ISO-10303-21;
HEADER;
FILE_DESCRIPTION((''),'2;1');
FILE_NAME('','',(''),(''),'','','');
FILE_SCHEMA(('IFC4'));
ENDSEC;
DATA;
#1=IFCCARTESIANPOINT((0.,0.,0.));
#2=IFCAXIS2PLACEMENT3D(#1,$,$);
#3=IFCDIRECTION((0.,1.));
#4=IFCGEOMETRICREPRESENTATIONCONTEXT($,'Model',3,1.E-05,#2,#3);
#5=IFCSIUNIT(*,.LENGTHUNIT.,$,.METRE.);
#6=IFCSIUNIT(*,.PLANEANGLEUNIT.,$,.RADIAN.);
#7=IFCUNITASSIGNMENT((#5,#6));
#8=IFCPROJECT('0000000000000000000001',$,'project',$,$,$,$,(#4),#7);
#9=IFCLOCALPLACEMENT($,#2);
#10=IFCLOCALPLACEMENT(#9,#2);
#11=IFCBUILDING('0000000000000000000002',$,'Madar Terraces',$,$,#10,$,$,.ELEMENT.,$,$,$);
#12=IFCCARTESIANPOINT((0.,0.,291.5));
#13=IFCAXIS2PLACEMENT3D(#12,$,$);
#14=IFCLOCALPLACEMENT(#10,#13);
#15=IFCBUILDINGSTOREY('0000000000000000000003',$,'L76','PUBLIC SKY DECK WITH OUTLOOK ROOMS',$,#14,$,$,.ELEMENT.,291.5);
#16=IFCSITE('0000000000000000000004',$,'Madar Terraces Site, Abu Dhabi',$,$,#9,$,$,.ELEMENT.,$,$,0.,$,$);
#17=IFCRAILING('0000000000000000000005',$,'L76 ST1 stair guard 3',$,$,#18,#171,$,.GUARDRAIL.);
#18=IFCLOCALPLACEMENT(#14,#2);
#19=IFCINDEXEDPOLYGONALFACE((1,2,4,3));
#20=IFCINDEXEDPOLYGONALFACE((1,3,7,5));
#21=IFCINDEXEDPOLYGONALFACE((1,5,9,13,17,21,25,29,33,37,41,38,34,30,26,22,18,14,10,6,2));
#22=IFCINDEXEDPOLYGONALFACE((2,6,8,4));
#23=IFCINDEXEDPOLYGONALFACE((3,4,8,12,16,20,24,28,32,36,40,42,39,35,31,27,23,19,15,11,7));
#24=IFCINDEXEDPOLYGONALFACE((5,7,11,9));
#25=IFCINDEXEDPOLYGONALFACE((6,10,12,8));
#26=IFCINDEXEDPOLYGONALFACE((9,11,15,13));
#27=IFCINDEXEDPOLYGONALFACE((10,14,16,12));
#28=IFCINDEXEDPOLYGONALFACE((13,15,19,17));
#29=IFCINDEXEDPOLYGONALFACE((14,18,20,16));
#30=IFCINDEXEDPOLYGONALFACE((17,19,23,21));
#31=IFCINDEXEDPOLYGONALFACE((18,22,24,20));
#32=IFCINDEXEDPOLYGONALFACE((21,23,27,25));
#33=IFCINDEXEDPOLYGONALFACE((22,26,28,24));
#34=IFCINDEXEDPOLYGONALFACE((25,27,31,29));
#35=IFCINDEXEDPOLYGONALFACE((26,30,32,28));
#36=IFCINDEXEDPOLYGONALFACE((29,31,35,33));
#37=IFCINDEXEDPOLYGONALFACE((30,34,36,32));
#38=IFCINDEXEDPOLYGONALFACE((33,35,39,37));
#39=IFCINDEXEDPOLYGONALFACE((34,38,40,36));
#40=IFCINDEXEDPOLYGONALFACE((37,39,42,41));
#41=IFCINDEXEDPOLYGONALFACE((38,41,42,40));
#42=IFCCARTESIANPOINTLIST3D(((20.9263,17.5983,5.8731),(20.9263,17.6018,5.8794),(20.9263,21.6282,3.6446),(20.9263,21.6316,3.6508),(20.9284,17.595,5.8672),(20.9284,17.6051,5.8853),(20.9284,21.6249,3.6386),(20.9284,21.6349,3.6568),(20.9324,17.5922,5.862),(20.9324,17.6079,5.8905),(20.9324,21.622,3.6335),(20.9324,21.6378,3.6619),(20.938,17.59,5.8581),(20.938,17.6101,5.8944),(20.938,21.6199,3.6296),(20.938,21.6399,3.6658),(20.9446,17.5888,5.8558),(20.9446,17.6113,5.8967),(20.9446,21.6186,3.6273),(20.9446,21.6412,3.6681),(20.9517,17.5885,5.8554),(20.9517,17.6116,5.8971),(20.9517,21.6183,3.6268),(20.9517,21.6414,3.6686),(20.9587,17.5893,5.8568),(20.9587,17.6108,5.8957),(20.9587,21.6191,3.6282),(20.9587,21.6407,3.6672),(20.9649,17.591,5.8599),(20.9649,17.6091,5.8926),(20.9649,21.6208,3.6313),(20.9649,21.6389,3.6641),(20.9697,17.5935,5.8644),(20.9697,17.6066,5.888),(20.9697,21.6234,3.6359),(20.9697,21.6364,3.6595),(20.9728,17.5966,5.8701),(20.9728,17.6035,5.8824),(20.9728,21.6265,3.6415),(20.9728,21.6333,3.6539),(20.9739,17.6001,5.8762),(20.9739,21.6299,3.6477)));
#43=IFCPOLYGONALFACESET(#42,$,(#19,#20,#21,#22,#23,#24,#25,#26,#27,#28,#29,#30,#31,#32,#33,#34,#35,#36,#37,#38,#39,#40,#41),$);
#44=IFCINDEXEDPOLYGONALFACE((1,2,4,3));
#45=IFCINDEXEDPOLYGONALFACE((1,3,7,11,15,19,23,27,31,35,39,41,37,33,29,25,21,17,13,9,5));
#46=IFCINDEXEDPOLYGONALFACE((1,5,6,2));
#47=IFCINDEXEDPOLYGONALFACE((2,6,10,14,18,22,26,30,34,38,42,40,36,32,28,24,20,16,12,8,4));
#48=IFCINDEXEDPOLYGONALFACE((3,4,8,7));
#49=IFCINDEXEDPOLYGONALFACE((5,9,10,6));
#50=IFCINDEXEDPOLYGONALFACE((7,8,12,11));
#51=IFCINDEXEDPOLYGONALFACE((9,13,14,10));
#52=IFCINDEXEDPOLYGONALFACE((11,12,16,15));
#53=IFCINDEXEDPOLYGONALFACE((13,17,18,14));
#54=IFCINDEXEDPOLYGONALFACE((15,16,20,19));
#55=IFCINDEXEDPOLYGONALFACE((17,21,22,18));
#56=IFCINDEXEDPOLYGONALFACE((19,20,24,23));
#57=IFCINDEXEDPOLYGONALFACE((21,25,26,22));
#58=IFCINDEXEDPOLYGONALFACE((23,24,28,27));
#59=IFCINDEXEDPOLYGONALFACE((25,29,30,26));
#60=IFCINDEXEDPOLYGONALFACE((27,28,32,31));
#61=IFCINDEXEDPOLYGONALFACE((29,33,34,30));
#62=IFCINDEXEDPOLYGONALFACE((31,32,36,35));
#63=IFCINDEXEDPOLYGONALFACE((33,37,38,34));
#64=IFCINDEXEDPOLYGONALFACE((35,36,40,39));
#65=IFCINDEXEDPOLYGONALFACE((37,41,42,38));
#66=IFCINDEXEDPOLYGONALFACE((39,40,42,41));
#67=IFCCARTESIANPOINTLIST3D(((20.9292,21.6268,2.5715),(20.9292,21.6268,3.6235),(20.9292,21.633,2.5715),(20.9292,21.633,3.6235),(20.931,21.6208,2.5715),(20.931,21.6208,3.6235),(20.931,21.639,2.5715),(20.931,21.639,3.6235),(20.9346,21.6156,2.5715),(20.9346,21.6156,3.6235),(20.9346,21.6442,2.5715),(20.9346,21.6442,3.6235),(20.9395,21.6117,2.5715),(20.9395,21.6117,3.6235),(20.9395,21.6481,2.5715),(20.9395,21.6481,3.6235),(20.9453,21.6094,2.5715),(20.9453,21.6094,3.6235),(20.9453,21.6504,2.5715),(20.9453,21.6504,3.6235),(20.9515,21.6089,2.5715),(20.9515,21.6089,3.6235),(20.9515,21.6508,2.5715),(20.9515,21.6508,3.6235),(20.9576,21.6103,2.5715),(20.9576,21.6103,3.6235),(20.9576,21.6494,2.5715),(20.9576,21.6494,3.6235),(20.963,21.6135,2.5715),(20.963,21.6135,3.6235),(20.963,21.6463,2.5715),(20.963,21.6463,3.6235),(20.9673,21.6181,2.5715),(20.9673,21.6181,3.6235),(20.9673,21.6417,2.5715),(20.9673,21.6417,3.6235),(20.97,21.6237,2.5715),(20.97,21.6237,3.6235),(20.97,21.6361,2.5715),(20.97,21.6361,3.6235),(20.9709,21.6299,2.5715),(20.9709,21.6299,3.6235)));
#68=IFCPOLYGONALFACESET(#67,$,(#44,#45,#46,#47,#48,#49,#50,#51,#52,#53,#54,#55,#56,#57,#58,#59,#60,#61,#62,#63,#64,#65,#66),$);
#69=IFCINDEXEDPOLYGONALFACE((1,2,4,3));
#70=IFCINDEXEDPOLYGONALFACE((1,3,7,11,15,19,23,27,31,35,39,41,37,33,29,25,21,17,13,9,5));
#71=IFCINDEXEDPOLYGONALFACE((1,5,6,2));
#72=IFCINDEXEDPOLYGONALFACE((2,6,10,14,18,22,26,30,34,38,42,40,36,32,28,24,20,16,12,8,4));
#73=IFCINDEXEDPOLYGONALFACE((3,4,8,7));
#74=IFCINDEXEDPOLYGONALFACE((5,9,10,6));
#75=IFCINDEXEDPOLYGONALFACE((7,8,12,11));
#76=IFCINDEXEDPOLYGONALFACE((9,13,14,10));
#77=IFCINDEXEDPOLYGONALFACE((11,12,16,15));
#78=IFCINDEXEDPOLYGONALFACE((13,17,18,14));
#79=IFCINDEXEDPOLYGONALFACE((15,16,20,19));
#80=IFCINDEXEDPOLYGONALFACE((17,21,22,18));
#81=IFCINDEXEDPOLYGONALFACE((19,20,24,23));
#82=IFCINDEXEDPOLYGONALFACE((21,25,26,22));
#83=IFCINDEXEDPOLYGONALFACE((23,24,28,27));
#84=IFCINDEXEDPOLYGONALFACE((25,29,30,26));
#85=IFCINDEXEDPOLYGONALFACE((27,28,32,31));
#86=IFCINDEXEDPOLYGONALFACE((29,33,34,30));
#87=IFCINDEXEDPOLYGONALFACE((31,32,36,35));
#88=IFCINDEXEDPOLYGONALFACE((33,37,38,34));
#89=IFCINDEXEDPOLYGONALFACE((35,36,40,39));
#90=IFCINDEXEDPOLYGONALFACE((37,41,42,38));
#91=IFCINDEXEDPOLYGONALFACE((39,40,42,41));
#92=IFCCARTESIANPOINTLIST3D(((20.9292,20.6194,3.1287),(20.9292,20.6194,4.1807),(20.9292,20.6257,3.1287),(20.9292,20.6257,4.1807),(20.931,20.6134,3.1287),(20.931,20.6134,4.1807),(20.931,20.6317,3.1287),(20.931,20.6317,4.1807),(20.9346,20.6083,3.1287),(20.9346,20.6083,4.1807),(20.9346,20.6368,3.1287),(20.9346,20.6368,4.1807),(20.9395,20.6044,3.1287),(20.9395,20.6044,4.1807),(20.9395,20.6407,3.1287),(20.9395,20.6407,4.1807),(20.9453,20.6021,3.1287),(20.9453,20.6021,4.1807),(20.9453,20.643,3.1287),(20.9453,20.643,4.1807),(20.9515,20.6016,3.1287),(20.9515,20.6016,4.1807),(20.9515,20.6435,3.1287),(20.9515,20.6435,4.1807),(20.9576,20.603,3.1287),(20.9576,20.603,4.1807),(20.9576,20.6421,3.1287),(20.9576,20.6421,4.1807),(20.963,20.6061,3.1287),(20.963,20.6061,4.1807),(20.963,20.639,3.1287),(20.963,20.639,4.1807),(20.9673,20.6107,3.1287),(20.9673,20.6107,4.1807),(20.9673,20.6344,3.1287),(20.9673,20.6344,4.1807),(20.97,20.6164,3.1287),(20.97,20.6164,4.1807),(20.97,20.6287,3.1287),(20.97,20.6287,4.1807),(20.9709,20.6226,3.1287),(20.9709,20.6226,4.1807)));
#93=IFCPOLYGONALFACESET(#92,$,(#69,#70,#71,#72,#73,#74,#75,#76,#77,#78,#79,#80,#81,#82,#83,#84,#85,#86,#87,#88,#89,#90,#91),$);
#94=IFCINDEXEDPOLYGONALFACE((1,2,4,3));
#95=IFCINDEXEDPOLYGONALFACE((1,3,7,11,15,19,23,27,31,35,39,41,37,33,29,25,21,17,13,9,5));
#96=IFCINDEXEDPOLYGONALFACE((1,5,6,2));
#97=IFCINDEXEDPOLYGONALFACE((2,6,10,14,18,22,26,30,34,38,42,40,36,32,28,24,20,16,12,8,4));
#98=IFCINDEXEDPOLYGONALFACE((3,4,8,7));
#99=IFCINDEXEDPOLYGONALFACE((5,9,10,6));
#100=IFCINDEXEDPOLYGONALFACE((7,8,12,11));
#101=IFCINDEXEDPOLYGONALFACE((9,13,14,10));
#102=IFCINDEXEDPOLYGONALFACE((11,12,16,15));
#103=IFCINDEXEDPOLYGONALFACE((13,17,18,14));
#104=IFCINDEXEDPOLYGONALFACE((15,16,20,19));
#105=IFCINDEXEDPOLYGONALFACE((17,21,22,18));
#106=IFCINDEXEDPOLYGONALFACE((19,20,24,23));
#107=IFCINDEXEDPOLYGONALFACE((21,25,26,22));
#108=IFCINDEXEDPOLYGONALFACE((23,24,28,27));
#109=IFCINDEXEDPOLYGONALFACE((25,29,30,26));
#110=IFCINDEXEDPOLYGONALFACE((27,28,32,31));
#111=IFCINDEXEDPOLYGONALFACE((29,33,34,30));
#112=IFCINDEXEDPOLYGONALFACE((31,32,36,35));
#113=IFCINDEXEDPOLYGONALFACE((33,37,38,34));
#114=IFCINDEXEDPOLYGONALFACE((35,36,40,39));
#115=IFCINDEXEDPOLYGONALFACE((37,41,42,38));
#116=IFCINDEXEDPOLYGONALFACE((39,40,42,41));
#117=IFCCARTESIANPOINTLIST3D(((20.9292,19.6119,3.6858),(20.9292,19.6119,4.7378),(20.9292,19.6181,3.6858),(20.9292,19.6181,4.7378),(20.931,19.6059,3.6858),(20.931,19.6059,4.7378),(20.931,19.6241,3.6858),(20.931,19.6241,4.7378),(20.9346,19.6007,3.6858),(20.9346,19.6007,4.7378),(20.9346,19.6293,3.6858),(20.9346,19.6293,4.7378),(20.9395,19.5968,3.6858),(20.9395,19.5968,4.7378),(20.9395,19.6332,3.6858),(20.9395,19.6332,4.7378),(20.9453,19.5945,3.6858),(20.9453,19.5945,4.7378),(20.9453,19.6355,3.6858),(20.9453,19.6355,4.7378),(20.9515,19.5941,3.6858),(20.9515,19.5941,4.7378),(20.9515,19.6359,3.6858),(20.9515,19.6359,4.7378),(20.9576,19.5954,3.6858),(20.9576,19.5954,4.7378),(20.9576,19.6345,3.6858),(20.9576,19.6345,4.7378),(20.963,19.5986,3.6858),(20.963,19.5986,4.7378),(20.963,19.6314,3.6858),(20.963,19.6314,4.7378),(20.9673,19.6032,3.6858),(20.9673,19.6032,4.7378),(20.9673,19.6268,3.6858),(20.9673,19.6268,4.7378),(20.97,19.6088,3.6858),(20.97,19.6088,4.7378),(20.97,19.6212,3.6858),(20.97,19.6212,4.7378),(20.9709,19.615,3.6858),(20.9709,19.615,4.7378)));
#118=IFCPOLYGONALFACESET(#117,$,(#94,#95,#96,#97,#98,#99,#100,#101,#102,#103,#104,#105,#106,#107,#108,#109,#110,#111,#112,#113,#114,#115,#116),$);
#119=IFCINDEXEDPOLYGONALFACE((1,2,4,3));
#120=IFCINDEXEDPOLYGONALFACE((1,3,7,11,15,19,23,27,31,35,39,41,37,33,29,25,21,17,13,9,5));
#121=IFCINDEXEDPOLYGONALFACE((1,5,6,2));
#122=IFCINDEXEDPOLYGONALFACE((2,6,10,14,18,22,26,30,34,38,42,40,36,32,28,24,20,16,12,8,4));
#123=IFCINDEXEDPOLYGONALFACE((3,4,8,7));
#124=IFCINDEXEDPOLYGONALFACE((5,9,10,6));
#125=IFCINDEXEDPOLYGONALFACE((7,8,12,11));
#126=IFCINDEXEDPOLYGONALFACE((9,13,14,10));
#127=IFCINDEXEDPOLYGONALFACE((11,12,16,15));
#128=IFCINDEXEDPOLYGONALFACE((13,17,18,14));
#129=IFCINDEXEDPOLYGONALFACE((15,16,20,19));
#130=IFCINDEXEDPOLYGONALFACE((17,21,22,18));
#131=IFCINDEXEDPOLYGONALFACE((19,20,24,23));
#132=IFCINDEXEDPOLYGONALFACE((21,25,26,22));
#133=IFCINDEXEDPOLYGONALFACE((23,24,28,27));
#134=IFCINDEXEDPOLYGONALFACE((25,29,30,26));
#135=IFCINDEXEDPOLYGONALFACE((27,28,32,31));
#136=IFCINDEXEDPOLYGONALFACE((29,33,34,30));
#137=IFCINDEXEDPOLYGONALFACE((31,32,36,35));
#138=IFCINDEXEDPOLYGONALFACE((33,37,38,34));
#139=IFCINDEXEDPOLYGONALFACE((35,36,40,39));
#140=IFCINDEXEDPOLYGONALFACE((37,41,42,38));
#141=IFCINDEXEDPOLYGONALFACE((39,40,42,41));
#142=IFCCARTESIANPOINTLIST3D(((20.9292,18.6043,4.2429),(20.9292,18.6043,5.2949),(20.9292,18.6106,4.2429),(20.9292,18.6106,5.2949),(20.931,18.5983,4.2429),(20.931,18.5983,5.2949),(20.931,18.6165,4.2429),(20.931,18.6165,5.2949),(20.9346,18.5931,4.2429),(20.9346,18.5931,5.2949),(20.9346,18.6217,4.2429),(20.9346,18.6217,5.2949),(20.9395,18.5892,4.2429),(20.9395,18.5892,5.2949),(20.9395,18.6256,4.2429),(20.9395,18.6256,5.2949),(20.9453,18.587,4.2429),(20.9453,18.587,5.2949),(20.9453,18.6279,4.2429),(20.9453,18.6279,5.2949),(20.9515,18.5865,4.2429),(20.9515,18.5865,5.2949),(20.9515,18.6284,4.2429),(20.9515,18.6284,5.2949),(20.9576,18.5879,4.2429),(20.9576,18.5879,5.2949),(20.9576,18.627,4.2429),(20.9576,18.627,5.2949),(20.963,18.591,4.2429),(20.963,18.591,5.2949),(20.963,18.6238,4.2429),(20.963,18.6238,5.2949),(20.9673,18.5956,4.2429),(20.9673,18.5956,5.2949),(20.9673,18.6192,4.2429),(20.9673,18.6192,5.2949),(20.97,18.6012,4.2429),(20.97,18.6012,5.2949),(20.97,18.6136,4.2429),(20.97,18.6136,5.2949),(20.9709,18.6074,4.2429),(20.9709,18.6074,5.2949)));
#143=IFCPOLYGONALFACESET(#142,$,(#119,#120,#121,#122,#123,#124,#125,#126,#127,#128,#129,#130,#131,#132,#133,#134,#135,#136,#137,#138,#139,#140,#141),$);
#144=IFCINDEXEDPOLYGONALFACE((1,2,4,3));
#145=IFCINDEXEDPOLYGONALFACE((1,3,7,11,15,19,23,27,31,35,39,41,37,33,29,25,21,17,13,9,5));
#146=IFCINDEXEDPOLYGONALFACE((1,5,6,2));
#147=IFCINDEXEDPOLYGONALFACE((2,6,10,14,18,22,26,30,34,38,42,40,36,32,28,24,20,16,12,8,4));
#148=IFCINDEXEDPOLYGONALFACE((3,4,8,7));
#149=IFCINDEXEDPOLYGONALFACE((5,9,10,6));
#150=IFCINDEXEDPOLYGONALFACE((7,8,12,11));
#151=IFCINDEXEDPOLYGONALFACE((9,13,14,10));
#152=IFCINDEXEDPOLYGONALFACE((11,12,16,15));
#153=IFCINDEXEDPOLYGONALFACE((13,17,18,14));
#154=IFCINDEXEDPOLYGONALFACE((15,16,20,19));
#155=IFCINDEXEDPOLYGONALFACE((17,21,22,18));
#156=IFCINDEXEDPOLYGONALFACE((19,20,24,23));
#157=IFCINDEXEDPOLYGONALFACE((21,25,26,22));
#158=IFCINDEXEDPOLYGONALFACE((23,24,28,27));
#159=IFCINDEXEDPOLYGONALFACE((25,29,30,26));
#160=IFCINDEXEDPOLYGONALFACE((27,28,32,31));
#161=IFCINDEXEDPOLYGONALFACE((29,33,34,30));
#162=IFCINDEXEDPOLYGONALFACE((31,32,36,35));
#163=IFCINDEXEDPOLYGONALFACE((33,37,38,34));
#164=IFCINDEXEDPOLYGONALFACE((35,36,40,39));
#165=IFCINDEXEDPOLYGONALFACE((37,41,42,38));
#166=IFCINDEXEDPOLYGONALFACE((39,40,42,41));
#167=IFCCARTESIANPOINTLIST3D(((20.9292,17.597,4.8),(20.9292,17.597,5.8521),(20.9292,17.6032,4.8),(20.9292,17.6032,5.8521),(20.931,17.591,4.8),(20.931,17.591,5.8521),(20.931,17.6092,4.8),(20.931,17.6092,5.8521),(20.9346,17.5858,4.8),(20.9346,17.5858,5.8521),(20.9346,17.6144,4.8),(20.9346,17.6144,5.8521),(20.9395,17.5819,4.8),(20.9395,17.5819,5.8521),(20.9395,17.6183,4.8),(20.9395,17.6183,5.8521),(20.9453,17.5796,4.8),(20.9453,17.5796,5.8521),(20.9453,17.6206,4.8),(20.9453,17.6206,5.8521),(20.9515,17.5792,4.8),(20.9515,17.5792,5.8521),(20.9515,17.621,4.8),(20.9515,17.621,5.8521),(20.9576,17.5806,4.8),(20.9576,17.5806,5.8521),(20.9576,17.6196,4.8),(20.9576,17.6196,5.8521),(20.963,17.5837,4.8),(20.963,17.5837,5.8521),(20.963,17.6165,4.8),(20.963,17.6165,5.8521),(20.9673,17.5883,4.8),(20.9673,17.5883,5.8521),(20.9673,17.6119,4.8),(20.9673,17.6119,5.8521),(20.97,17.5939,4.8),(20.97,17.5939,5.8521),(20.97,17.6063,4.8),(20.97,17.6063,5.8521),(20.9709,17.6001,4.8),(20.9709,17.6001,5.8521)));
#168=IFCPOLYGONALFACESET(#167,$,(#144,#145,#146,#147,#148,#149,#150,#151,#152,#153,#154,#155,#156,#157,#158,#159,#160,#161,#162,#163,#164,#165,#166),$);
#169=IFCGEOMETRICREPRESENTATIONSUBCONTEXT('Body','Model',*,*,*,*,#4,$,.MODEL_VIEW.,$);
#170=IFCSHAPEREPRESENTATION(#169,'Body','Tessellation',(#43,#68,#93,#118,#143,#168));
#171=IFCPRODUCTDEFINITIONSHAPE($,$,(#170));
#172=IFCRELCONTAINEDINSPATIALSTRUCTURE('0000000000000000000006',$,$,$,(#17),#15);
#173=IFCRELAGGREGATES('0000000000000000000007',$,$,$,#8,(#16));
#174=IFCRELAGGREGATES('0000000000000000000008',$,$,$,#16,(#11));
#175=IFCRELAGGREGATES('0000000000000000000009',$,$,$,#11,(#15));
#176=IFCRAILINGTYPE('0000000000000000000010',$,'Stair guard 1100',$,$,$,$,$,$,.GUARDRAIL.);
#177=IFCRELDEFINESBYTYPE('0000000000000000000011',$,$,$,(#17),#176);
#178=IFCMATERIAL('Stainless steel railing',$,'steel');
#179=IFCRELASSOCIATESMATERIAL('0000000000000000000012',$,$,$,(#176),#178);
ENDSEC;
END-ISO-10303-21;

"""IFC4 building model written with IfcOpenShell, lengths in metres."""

from ifc_helpers import new_model, si_unit, direction, frame, origin, origin_2d, place, context, subcontext, project, spatial, circle, extrude, material, type_object, element, save


model = new_model("IFC4")

# Units and contexts
model_context = context("Model", 3, precision=1e-05, world=origin(), true_north=direction((0.0, 1.0)))
body_context = subcontext(model_context, "Body", "Model", "MODEL_VIEW")
ifc_project = project(units=[si_unit("LENGTHUNIT", "METRE"), si_unit("PLANEANGLEUNIT", "RADIAN")], contexts=[model_context])

# Site, building, storey
site_placement = place(None, origin())
site = spatial("IfcSite", under=ifc_project, at=site_placement, Name="Madar Terraces Site, Abu Dhabi", CompositionType="ELEMENT", RefElevation=0.0)
building_placement = place(site_placement, origin())
building = spatial("IfcBuilding", under=site, at=building_placement, Name="Madar Terraces", CompositionType="ELEMENT")
storey_placement = place(building_placement, frame((0.0, 0.0, 291.5)))
storey = spatial("IfcBuildingStorey", under=building, at=storey_placement, Name="L76", Description="PUBLIC SKY DECK WITH OUTLOOK ROOMS", CompositionType="ELEMENT", Elevation=291.5)

# Railing
ifc_material_1 = material(Name="Stainless steel railing", Category="steel")
railing_type_1 = type_object("IfcRailingType", Name="Stair guard 1100", PredefinedType="GUARDRAIL", material=ifc_material_1)
railing_1_placement = place(storey_placement, frame((20.95, 21.6299, 2.5715)))
element("IfcRailing", 1, at=railing_1_placement, inside=storey, type_object=railing_type_1, Name="L76 ST1 stair guard 3", PredefinedType="GUARDRAIL", context=body_context, shape_type="SweptSolid", body=[
    extrude(circle(Radius=0.0239, at=origin_2d()), frame((0.0, 0.0, 1.0762), z_axis=(0.0, -0.875101, 0.48394), x_axis=(1.0, 0.0, 0.0)), (0.0, 0.0, 1.0), 4.605),
    extrude(circle(Radius=0.021, at=origin_2d()), origin(), (0.0, 0.0, 1.0), 1.052),
    extrude(circle(Radius=0.021, at=origin_2d()), frame((0.0, -1.0073, 0.5571)), (0.0, 0.0, 1.0), 1.052),
    extrude(circle(Radius=0.021, at=origin_2d()), frame((0.0, -2.0149, 1.1143)), (0.0, 0.0, 1.0), 1.052),
    extrude(circle(Radius=0.021, at=origin_2d()), frame((0.0, -3.0225, 1.6714)), (0.0, 0.0, 1.0), 1.052),
    extrude(circle(Radius=0.021, at=origin_2d()), frame((0.0, -4.0298, 2.2285)), (0.0, 0.0, 1.0), 1.052),
])

save(model, "model.ifc")
